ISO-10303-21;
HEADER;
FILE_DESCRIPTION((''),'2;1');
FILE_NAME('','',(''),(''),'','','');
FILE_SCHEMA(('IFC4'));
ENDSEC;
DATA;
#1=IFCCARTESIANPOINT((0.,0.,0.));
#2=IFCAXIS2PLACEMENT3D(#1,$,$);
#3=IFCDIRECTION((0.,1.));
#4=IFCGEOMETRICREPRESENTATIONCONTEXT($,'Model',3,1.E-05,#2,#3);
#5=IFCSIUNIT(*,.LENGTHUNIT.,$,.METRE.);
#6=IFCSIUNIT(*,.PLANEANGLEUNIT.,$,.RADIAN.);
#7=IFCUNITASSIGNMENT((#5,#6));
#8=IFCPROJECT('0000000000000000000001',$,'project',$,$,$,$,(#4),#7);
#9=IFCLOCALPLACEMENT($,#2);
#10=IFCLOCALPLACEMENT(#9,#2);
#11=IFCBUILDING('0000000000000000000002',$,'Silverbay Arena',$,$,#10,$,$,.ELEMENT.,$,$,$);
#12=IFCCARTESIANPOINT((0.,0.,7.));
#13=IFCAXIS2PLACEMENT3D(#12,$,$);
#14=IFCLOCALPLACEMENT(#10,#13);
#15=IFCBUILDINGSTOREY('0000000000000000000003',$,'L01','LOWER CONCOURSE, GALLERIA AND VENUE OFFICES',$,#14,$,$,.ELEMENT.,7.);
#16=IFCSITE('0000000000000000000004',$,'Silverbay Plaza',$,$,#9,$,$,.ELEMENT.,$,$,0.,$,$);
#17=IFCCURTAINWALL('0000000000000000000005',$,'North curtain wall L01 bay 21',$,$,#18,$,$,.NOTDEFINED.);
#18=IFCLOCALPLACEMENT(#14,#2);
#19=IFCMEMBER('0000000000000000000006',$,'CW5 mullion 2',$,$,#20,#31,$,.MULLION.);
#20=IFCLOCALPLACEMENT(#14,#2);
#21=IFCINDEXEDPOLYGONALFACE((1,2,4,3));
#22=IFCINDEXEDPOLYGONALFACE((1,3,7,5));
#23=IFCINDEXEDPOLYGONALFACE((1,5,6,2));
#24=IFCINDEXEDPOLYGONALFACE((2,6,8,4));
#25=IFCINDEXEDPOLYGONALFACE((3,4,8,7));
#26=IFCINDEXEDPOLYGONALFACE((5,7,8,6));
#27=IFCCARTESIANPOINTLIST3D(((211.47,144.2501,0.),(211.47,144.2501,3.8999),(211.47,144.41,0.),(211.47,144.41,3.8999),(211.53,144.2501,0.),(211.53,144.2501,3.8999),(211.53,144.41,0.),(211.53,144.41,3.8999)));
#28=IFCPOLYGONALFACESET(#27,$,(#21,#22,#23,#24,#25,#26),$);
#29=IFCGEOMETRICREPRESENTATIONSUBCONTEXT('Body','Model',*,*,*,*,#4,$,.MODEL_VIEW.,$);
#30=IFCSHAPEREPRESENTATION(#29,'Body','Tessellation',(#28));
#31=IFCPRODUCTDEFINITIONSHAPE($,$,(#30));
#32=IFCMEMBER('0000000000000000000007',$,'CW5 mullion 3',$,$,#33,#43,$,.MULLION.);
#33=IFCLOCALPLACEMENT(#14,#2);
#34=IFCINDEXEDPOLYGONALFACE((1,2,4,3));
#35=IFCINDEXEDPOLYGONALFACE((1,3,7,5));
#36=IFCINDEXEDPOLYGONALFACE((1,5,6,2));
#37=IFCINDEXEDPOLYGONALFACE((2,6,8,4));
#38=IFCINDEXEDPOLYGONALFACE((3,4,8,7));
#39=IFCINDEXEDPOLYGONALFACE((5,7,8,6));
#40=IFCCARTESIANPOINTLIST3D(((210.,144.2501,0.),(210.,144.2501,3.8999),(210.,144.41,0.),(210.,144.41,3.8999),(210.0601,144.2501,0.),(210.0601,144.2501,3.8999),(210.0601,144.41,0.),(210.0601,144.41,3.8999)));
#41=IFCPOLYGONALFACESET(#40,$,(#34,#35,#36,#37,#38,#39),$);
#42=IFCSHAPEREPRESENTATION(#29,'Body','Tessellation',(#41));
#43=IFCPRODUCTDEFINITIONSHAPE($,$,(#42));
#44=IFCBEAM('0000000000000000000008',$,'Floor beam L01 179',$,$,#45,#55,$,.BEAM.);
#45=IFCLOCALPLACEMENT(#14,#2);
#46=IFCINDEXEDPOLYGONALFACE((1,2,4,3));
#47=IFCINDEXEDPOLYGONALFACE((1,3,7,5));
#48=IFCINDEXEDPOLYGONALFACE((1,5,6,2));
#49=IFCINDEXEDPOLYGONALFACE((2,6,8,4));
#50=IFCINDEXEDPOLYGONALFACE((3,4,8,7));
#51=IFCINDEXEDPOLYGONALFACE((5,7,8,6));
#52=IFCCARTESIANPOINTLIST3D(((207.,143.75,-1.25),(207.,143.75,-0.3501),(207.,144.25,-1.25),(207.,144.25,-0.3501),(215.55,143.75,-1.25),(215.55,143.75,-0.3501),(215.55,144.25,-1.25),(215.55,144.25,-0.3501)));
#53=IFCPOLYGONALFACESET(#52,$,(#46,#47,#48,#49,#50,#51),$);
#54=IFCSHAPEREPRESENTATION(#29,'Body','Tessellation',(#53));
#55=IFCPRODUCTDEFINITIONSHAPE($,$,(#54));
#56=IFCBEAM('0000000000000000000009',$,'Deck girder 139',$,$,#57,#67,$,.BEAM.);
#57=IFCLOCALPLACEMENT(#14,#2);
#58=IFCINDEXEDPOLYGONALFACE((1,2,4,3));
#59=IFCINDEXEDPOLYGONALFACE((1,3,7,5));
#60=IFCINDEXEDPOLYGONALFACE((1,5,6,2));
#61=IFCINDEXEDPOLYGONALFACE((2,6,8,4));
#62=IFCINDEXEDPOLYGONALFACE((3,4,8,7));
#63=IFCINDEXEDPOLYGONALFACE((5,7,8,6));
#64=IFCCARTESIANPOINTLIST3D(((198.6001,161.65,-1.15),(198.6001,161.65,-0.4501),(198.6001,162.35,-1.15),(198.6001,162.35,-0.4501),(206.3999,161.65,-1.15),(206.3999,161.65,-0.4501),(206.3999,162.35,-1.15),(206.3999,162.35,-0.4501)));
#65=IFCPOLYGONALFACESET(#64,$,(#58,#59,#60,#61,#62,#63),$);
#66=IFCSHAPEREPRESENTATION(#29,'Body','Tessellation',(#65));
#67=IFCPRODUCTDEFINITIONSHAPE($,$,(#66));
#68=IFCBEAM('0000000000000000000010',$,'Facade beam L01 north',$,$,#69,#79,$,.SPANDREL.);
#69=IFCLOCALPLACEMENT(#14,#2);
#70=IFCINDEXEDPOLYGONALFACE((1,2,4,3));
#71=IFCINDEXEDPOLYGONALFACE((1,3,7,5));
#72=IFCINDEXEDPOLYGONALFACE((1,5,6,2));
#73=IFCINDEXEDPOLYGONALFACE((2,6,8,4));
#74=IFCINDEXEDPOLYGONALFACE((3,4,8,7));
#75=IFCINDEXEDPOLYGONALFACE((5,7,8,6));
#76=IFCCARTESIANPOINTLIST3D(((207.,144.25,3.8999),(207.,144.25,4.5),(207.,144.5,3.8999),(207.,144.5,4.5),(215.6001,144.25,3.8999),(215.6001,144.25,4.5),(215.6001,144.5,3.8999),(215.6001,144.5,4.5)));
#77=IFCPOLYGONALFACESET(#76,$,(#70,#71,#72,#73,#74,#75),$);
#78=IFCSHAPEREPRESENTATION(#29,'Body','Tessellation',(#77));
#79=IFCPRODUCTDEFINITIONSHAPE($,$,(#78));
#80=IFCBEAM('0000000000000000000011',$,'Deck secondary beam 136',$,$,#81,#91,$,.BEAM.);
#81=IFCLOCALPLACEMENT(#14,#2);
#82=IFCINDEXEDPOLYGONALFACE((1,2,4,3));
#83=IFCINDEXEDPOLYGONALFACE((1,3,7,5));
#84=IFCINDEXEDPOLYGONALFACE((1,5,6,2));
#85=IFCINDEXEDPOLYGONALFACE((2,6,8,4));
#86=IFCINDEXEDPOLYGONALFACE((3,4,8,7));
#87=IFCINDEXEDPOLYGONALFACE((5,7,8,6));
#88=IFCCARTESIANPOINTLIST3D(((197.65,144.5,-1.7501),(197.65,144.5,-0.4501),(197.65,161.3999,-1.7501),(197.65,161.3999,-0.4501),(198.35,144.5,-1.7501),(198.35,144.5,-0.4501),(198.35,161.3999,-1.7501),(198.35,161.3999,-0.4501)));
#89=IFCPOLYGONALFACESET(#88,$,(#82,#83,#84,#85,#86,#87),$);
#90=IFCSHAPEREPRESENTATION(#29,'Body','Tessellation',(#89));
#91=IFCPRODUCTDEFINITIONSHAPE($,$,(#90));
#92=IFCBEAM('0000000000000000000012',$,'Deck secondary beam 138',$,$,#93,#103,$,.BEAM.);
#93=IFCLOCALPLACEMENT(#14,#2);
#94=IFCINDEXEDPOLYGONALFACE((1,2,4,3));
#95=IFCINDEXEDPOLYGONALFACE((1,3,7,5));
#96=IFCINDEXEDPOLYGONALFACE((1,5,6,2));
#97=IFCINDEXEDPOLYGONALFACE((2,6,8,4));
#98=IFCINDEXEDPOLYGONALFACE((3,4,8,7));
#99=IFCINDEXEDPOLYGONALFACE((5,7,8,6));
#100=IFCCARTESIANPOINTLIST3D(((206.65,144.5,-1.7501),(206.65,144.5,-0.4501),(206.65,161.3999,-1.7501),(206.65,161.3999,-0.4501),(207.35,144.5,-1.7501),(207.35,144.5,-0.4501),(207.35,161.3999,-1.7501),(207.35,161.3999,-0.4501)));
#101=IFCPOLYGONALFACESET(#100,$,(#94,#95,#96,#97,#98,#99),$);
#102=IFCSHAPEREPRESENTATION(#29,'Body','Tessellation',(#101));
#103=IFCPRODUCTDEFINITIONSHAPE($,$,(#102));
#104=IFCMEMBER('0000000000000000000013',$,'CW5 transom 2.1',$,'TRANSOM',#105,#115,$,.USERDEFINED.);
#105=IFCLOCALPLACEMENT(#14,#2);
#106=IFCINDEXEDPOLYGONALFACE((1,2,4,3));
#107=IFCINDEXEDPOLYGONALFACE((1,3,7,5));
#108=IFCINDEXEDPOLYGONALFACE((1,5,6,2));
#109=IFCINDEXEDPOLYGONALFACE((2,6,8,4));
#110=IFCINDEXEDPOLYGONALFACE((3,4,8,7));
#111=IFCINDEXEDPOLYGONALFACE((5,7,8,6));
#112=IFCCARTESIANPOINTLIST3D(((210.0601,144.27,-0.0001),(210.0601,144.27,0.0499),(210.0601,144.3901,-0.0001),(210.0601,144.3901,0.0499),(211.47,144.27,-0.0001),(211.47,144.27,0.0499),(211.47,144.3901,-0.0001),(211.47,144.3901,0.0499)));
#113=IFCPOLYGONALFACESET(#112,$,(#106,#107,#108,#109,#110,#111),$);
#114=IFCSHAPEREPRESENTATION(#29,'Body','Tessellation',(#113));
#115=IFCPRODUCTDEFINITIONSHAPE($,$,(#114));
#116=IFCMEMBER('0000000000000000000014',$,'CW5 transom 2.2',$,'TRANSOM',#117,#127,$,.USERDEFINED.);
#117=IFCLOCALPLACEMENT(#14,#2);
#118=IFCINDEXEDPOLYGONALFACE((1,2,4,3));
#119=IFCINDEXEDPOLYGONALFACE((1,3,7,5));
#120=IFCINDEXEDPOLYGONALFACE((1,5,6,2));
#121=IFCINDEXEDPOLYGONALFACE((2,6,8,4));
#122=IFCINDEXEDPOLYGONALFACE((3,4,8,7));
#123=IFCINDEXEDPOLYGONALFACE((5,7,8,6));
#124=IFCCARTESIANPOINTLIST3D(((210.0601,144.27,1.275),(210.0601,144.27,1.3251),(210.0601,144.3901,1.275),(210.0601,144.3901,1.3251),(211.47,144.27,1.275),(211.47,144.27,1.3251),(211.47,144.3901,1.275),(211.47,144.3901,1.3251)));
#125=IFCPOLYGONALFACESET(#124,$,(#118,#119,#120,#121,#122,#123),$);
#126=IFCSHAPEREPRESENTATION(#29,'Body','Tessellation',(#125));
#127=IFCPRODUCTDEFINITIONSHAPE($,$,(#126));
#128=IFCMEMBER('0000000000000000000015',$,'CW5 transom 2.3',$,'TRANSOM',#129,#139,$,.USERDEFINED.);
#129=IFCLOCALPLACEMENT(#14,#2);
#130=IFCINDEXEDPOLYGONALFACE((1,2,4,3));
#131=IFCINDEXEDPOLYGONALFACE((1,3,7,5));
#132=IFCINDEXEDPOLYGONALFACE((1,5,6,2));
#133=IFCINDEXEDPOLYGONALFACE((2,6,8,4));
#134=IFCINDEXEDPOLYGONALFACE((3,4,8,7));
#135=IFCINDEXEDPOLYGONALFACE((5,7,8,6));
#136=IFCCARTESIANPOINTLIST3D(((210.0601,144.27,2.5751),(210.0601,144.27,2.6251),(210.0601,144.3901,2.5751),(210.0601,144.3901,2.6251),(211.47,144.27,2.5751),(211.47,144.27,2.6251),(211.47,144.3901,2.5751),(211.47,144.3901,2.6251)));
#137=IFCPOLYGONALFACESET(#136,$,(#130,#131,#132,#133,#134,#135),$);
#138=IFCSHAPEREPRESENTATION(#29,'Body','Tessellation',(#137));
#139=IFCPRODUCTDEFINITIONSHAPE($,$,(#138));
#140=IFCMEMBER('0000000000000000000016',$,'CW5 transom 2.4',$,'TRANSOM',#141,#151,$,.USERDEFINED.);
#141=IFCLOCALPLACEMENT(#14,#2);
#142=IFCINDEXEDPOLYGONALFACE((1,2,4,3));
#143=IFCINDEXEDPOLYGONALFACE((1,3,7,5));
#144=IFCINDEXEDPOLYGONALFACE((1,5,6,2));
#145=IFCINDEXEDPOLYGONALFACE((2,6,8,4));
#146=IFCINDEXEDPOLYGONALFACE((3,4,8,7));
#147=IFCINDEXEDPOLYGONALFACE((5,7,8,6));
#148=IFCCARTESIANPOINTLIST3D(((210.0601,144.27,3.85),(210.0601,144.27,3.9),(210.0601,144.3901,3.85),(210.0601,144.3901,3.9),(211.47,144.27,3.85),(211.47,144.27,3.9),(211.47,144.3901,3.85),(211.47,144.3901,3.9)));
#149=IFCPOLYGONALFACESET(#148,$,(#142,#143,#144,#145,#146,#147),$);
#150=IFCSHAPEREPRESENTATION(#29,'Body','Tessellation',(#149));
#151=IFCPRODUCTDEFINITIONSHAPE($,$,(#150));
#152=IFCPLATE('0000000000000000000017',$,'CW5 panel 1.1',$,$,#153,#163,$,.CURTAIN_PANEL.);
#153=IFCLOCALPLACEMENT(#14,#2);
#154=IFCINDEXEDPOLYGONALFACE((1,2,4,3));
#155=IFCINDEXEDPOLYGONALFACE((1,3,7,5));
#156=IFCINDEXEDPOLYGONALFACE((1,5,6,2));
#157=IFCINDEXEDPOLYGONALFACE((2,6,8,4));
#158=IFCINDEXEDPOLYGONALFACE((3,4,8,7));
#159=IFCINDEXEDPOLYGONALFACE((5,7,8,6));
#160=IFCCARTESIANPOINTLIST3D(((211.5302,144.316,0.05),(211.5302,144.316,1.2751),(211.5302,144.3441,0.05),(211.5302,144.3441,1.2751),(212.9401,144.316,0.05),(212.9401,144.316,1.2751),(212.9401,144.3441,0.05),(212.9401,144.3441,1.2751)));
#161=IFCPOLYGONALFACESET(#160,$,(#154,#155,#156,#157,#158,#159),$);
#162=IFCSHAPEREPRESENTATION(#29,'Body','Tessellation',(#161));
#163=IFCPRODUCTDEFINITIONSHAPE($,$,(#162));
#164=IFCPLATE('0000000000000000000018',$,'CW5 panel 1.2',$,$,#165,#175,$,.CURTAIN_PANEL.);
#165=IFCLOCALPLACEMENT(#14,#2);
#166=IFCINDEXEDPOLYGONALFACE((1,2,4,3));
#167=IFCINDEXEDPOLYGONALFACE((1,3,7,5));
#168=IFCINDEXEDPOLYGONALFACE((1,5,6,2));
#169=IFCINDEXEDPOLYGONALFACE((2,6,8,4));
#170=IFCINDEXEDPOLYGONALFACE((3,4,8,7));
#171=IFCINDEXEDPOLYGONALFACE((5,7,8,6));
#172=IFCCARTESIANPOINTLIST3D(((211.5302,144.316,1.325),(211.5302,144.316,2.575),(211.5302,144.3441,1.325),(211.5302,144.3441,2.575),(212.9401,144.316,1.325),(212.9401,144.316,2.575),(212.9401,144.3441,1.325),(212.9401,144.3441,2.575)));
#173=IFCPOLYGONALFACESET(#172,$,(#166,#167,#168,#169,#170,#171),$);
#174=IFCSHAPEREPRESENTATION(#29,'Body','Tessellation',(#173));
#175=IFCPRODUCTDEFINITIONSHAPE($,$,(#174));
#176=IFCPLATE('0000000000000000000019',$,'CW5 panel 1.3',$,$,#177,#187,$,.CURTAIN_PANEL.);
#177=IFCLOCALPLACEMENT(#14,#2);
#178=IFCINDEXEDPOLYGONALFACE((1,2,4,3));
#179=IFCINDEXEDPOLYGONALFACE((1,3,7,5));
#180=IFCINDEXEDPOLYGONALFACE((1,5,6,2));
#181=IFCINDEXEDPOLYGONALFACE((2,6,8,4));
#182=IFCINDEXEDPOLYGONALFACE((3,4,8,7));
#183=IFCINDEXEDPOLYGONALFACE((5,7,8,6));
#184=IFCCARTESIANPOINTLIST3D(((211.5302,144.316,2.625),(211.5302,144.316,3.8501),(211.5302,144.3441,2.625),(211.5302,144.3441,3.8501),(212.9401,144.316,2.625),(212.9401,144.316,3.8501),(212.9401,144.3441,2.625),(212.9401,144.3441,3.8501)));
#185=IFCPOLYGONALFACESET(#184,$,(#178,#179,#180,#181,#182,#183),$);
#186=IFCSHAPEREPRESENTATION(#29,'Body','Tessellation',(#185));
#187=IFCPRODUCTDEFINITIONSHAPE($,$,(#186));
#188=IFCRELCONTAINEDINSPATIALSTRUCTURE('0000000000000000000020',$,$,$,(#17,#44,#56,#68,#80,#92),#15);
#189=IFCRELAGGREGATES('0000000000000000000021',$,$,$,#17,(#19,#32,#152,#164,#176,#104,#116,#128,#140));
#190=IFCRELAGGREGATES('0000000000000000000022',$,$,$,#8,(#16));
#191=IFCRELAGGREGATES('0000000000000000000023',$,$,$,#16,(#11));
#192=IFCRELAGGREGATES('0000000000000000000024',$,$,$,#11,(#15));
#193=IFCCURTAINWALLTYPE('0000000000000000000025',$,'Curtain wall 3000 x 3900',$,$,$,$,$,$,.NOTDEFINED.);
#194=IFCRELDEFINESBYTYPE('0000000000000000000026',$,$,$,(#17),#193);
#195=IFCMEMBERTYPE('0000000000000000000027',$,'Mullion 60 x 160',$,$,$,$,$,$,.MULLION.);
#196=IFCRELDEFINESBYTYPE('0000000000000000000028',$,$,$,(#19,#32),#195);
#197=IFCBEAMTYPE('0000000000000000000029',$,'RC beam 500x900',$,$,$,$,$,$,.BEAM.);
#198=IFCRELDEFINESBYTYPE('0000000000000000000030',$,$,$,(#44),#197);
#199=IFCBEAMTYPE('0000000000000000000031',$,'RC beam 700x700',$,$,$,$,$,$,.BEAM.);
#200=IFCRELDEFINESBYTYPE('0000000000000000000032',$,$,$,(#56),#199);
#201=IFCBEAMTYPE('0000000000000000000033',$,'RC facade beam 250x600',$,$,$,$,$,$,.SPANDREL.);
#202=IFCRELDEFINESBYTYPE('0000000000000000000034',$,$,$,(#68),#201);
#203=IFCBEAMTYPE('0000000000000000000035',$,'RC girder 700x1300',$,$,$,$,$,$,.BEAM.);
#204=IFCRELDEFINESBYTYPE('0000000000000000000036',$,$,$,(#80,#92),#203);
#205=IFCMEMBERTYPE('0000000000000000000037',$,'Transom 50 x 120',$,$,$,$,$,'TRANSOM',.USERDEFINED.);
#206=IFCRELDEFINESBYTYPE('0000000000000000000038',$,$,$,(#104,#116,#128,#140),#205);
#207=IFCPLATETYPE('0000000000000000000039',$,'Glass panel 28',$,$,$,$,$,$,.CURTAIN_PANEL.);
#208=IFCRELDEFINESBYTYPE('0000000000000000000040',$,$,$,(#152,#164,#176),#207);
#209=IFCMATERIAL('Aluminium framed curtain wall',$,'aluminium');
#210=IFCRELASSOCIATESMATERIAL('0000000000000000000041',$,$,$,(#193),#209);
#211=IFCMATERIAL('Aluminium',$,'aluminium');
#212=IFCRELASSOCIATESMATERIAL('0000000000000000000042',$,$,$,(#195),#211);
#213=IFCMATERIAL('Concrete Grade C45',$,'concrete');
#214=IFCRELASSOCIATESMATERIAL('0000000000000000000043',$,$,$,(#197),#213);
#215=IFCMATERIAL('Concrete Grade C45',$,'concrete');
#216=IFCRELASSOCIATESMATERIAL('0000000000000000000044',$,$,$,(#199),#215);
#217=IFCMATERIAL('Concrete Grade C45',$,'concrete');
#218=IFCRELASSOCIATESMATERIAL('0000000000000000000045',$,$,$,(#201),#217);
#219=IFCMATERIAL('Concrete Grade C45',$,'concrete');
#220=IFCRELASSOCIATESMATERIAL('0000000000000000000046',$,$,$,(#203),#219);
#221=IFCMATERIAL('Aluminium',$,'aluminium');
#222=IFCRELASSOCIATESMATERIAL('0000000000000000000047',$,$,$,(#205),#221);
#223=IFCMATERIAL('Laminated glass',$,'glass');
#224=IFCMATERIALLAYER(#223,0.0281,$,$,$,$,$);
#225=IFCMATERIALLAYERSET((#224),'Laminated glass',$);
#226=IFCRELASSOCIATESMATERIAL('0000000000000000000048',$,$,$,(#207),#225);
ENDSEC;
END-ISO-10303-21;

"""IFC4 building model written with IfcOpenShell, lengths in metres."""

from ifc_helpers import new_model, si_unit, direction, frame, origin, origin_2d, place, context, subcontext, project, spatial, rectangle, extrude, material, layer, layer_set, material_profile, profile_set, type_object, element, aggregate, save


model = new_model("IFC4")

# Units and contexts
model_context = context("Model", 3, precision=1e-05, world=origin(), true_north=direction((0.0, 1.0)))
body_context = subcontext(model_context, "Body", "Model", "MODEL_VIEW")
ifc_project = project(units=[si_unit("LENGTHUNIT", "METRE"), si_unit("PLANEANGLEUNIT", "RADIAN")], contexts=[model_context])

# Site, building, storey
site_placement = place(None, origin())
site = spatial("IfcSite", under=ifc_project, at=site_placement, Name="Silverbay Plaza", CompositionType="ELEMENT", RefElevation=0.0)
building_placement = place(site_placement, origin())
building = spatial("IfcBuilding", under=site, at=building_placement, Name="Silverbay Arena", CompositionType="ELEMENT")
storey_placement = place(building_placement, frame((0.0, 0.0, 7.0)))
storey = spatial("IfcBuildingStorey", under=building, at=storey_placement, Name="L01", Description="LOWER CONCOURSE, GALLERIA AND VENUE OFFICES", CompositionType="ELEMENT", Elevation=7.0)

# Curtain wall, members
ifc_material_1 = material(Name="Aluminium framed curtain wall", Category="aluminium")
curtain_wall_type = type_object("IfcCurtainWallType", Name="Curtain wall 3000 x 3900", PredefinedType="NOTDEFINED", material=ifc_material_1)
curtain_wall_placement = place(storey_placement, origin())
curtain_wall = element("IfcCurtainWall", 1, at=curtain_wall_placement, inside=storey, type_object=curtain_wall_type, Name="North curtain wall L01 bay 21", PredefinedType="NOTDEFINED")
ifc_material_2 = material(Name="Aluminium", Category="aluminium")
ifc_material_profile_1 = material_profile(ifc_material_2, rectangle(XDim=0.1599, YDim=0.0601, at=origin_2d()), Name="Mullion 60 x 160")
ifc_profile_set_1 = profile_set([ifc_material_profile_1], Name="Aluminium")
member_type_1 = type_object("IfcMemberType", Name="Mullion 60 x 160", PredefinedType="MULLION", material=ifc_profile_set_1)
member_1_placement = place(storey_placement, frame((211.5, 144.3301, 0.0), z_axis=(0.0, 0.0, 1.0), x_axis=(0.0, -1.0, 0.0)))
member_1 = element("IfcMember", 2, at=member_1_placement, type_object=member_type_1, Name="CW5 mullion 2", PredefinedType="MULLION", context=body_context, shape_type="SweptSolid", body=[
    extrude(rectangle(XDim=0.1599, YDim=0.0601, at=origin_2d()), origin(), (0.0, 0.0, 1.0), 3.8999),
])
member_2_placement = place(storey_placement, frame((210.03, 144.3301, 0.0), z_axis=(0.0, 0.0, 1.0), x_axis=(0.0, -1.0, 0.0)))
member_2 = element("IfcMember", 3, at=member_2_placement, type_object=member_type_1, Name="CW5 mullion 3", PredefinedType="MULLION", context=body_context, shape_type="SweptSolid", body=[
    extrude(rectangle(XDim=0.1599, YDim=0.0601, at=origin_2d()), origin(), (0.0, 0.0, 1.0), 3.8999),
])

# Beams
ifc_material_3 = material(Name="Concrete Grade C45", Category="concrete")
ifc_material_profile_2 = material_profile(ifc_material_3, rectangle(XDim=0.5, YDim=0.8999, at=origin_2d()), Name="RC 500x900")
ifc_profile_set_2 = profile_set([ifc_material_profile_2], Name="Concrete Grade C45")
beam_type_1 = type_object("IfcBeamType", Name="RC beam 500x900", PredefinedType="BEAM", material=ifc_profile_set_2)
beam_1_placement = place(storey_placement, frame((207.0, 144.0, -0.8), z_axis=(1.0, 0.0, 0.0), x_axis=(0.0, 1.0, 0.0)))
element("IfcBeam", 4, at=beam_1_placement, inside=storey, type_object=beam_type_1, Name="Floor beam L01 179", PredefinedType="BEAM", context=body_context, shape_type="SweptSolid", body=[
    extrude(rectangle(XDim=0.5, YDim=0.8999, at=origin_2d()), origin(), (0.0, 0.0, 1.0), 8.55),
])
ifc_material_4 = material(Name="Concrete Grade C45", Category="concrete")
ifc_material_profile_3 = material_profile(ifc_material_4, rectangle(XDim=0.7, YDim=0.7, at=origin_2d()), Name="RC 700x700")
ifc_profile_set_3 = profile_set([ifc_material_profile_3], Name="Concrete Grade C45")
beam_type_2 = type_object("IfcBeamType", Name="RC beam 700x700", PredefinedType="BEAM", material=ifc_profile_set_3)
beam_2_placement = place(storey_placement, frame((198.6001, 162.0, -0.8), z_axis=(1.0, 0.0, 0.0), x_axis=(0.0, 1.0, 0.0)))
element("IfcBeam", 5, at=beam_2_placement, inside=storey, type_object=beam_type_2, Name="Deck girder 139", PredefinedType="BEAM", context=body_context, shape_type="SweptSolid", body=[
    extrude(rectangle(XDim=0.7, YDim=0.7, at=origin_2d()), origin(), (0.0, 0.0, 1.0), 7.7998),
])
ifc_material_5 = material(Name="Concrete Grade C45", Category="concrete")
ifc_material_profile_4 = material_profile(ifc_material_5, rectangle(XDim=0.25, YDim=0.6001, at=origin_2d()), Name="RC 250x600")
ifc_profile_set_4 = profile_set([ifc_material_profile_4], Name="Concrete Grade C45")
beam_type_3 = type_object("IfcBeamType", Name="RC facade beam 250x600", PredefinedType="SPANDREL", material=ifc_profile_set_4)
beam_3_placement = place(storey_placement, frame((207.0, 144.375, 4.2), z_axis=(1.0, 0.0, 0.0), x_axis=(0.0, 1.0, 0.0)))
element("IfcBeam", 6, at=beam_3_placement, inside=storey, type_object=beam_type_3, Name="Facade beam L01 north", PredefinedType="SPANDREL", context=body_context, shape_type="SweptSolid", body=[
    extrude(rectangle(XDim=0.25, YDim=0.6001, at=origin_2d()), origin(), (0.0, 0.0, 1.0), 8.6001),
])
ifc_material_6 = material(Name="Concrete Grade C45", Category="concrete")
ifc_material_profile_5 = material_profile(ifc_material_6, rectangle(XDim=0.7, YDim=1.3, at=origin_2d()), Name="RC 700x1300")
ifc_profile_set_5 = profile_set([ifc_material_profile_5], Name="Concrete Grade C45")
beam_type_4 = type_object("IfcBeamType", Name="RC girder 700x1300", PredefinedType="BEAM", material=ifc_profile_set_5)
for number, where, z_axis, x_axis, name in (
    (7, (198.0, 144.5, -1.1001), (0.0, 1.0, 0.0), (-1.0, 0.0, 0.0), "Deck secondary beam 136"),
    (8, (207.0, 144.5, -1.1001), (0.0, 1.0, 0.0), (-1.0, 0.0, 0.0), "Deck secondary beam 138"),
):
    element("IfcBeam", number, at=place(storey_placement, frame(where, z_axis=z_axis, x_axis=x_axis)), inside=storey, type_object=beam_type_4, Name=name, PredefinedType="BEAM", context=body_context, shape_type="SweptSolid", body=[
        extrude(rectangle(XDim=0.7, YDim=1.3, at=origin_2d()), origin(), (0.0, 0.0, 1.0), 16.8999),
    ])

# Members
ifc_material_7 = material(Name="Aluminium", Category="aluminium")
ifc_material_profile_6 = material_profile(ifc_material_7, rectangle(XDim=0.1201, YDim=0.05, at=origin_2d()), Name="Transom 50 x 120")
ifc_profile_set_6 = profile_set([ifc_material_profile_6], Name="Aluminium")
member_type_2 = type_object("IfcMemberType", Name="Transom 50 x 120", ElementType="TRANSOM", PredefinedType="USERDEFINED", material=ifc_profile_set_6)
member_3_placement = place(storey_placement, frame((211.47, 144.3301, 0.0249), z_axis=(-1.0, 0.0, 0.0), x_axis=(0.0, -1.0, 0.0)))
member_3 = element("IfcMember", 9, at=member_3_placement, type_object=member_type_2, Name="CW5 transom 2.1", ObjectType="TRANSOM", PredefinedType="USERDEFINED", context=body_context, shape_type="SweptSolid", body=[
    extrude(rectangle(XDim=0.1201, YDim=0.05, at=origin_2d()), origin(), (0.0, 0.0, 1.0), 1.4099),
])
member_4_placement = place(storey_placement, frame((211.47, 144.3301, 1.3), z_axis=(-1.0, 0.0, 0.0), x_axis=(0.0, -1.0, 0.0)))
member_4 = element("IfcMember", 10, at=member_4_placement, type_object=member_type_2, Name="CW5 transom 2.2", ObjectType="TRANSOM", PredefinedType="USERDEFINED", context=body_context, shape_type="SweptSolid", body=[
    extrude(rectangle(XDim=0.1201, YDim=0.05, at=origin_2d()), origin(), (0.0, 0.0, 1.0), 1.4099),
])
member_5_placement = place(storey_placement, frame((211.47, 144.3301, 2.6001), z_axis=(-1.0, 0.0, 0.0), x_axis=(0.0, -1.0, 0.0)))
member_5 = element("IfcMember", 11, at=member_5_placement, type_object=member_type_2, Name="CW5 transom 2.3", ObjectType="TRANSOM", PredefinedType="USERDEFINED", context=body_context, shape_type="SweptSolid", body=[
    extrude(rectangle(XDim=0.1201, YDim=0.05, at=origin_2d()), origin(), (0.0, 0.0, 1.0), 1.4099),
])
member_6_placement = place(storey_placement, frame((211.47, 144.3301, 3.875), z_axis=(-1.0, 0.0, 0.0), x_axis=(0.0, -1.0, 0.0)))
member_6 = element("IfcMember", 12, at=member_6_placement, type_object=member_type_2, Name="CW5 transom 2.4", ObjectType="TRANSOM", PredefinedType="USERDEFINED", context=body_context, shape_type="SweptSolid", body=[
    extrude(rectangle(XDim=0.1201, YDim=0.05, at=origin_2d()), origin(), (0.0, 0.0, 1.0), 1.4099),
])

# Plates
ifc_material_8 = material(Name="Laminated glass", Category="glass")
ifc_layer_1 = layer(ifc_material_8, 0.0281)
ifc_layer_set_1 = layer_set([ifc_layer_1], Name="Laminated glass")
plate_type = type_object("IfcPlateType", Name="Glass panel 28", PredefinedType="CURTAIN_PANEL", material=ifc_layer_set_1)
plate_1_placement = place(storey_placement, frame((212.2351, 144.3301, 0.05), z_axis=(0.0, 0.0, 1.0), x_axis=(-1.0, 0.0, 0.0)))
plate_1 = element("IfcPlate", 13, at=plate_1_placement, type_object=plate_type, Name="CW5 panel 1.1", PredefinedType="CURTAIN_PANEL", context=body_context, shape_type="SweptSolid", body=[
    extrude(rectangle(XDim=1.4099, YDim=0.0281, at=origin_2d()), origin(), (0.0, 0.0, 1.0), 1.2251),
])
plate_2_placement = place(storey_placement, frame((212.2351, 144.3301, 1.325), z_axis=(0.0, 0.0, 1.0), x_axis=(-1.0, 0.0, 0.0)))
plate_2 = element("IfcPlate", 14, at=plate_2_placement, type_object=plate_type, Name="CW5 panel 1.2", PredefinedType="CURTAIN_PANEL", context=body_context, shape_type="SweptSolid", body=[
    extrude(rectangle(XDim=1.4099, YDim=0.0281, at=origin_2d()), origin(), (0.0, 0.0, 1.0), 1.25),
])
plate_3_placement = place(storey_placement, frame((212.2351, 144.3301, 2.625), z_axis=(0.0, 0.0, 1.0), x_axis=(-1.0, 0.0, 0.0)))
plate_3 = element("IfcPlate", 15, at=plate_3_placement, type_object=plate_type, Name="CW5 panel 1.3", PredefinedType="CURTAIN_PANEL", context=body_context, shape_type="SweptSolid", body=[
    extrude(rectangle(XDim=1.4099, YDim=0.0281, at=origin_2d()), origin(), (0.0, 0.0, 1.0), 1.2251),
])
aggregate(curtain_wall, [member_1, member_2, plate_1, plate_2, plate_3, member_3, member_4, member_5, member_6])

save(model, "model.ifc")
